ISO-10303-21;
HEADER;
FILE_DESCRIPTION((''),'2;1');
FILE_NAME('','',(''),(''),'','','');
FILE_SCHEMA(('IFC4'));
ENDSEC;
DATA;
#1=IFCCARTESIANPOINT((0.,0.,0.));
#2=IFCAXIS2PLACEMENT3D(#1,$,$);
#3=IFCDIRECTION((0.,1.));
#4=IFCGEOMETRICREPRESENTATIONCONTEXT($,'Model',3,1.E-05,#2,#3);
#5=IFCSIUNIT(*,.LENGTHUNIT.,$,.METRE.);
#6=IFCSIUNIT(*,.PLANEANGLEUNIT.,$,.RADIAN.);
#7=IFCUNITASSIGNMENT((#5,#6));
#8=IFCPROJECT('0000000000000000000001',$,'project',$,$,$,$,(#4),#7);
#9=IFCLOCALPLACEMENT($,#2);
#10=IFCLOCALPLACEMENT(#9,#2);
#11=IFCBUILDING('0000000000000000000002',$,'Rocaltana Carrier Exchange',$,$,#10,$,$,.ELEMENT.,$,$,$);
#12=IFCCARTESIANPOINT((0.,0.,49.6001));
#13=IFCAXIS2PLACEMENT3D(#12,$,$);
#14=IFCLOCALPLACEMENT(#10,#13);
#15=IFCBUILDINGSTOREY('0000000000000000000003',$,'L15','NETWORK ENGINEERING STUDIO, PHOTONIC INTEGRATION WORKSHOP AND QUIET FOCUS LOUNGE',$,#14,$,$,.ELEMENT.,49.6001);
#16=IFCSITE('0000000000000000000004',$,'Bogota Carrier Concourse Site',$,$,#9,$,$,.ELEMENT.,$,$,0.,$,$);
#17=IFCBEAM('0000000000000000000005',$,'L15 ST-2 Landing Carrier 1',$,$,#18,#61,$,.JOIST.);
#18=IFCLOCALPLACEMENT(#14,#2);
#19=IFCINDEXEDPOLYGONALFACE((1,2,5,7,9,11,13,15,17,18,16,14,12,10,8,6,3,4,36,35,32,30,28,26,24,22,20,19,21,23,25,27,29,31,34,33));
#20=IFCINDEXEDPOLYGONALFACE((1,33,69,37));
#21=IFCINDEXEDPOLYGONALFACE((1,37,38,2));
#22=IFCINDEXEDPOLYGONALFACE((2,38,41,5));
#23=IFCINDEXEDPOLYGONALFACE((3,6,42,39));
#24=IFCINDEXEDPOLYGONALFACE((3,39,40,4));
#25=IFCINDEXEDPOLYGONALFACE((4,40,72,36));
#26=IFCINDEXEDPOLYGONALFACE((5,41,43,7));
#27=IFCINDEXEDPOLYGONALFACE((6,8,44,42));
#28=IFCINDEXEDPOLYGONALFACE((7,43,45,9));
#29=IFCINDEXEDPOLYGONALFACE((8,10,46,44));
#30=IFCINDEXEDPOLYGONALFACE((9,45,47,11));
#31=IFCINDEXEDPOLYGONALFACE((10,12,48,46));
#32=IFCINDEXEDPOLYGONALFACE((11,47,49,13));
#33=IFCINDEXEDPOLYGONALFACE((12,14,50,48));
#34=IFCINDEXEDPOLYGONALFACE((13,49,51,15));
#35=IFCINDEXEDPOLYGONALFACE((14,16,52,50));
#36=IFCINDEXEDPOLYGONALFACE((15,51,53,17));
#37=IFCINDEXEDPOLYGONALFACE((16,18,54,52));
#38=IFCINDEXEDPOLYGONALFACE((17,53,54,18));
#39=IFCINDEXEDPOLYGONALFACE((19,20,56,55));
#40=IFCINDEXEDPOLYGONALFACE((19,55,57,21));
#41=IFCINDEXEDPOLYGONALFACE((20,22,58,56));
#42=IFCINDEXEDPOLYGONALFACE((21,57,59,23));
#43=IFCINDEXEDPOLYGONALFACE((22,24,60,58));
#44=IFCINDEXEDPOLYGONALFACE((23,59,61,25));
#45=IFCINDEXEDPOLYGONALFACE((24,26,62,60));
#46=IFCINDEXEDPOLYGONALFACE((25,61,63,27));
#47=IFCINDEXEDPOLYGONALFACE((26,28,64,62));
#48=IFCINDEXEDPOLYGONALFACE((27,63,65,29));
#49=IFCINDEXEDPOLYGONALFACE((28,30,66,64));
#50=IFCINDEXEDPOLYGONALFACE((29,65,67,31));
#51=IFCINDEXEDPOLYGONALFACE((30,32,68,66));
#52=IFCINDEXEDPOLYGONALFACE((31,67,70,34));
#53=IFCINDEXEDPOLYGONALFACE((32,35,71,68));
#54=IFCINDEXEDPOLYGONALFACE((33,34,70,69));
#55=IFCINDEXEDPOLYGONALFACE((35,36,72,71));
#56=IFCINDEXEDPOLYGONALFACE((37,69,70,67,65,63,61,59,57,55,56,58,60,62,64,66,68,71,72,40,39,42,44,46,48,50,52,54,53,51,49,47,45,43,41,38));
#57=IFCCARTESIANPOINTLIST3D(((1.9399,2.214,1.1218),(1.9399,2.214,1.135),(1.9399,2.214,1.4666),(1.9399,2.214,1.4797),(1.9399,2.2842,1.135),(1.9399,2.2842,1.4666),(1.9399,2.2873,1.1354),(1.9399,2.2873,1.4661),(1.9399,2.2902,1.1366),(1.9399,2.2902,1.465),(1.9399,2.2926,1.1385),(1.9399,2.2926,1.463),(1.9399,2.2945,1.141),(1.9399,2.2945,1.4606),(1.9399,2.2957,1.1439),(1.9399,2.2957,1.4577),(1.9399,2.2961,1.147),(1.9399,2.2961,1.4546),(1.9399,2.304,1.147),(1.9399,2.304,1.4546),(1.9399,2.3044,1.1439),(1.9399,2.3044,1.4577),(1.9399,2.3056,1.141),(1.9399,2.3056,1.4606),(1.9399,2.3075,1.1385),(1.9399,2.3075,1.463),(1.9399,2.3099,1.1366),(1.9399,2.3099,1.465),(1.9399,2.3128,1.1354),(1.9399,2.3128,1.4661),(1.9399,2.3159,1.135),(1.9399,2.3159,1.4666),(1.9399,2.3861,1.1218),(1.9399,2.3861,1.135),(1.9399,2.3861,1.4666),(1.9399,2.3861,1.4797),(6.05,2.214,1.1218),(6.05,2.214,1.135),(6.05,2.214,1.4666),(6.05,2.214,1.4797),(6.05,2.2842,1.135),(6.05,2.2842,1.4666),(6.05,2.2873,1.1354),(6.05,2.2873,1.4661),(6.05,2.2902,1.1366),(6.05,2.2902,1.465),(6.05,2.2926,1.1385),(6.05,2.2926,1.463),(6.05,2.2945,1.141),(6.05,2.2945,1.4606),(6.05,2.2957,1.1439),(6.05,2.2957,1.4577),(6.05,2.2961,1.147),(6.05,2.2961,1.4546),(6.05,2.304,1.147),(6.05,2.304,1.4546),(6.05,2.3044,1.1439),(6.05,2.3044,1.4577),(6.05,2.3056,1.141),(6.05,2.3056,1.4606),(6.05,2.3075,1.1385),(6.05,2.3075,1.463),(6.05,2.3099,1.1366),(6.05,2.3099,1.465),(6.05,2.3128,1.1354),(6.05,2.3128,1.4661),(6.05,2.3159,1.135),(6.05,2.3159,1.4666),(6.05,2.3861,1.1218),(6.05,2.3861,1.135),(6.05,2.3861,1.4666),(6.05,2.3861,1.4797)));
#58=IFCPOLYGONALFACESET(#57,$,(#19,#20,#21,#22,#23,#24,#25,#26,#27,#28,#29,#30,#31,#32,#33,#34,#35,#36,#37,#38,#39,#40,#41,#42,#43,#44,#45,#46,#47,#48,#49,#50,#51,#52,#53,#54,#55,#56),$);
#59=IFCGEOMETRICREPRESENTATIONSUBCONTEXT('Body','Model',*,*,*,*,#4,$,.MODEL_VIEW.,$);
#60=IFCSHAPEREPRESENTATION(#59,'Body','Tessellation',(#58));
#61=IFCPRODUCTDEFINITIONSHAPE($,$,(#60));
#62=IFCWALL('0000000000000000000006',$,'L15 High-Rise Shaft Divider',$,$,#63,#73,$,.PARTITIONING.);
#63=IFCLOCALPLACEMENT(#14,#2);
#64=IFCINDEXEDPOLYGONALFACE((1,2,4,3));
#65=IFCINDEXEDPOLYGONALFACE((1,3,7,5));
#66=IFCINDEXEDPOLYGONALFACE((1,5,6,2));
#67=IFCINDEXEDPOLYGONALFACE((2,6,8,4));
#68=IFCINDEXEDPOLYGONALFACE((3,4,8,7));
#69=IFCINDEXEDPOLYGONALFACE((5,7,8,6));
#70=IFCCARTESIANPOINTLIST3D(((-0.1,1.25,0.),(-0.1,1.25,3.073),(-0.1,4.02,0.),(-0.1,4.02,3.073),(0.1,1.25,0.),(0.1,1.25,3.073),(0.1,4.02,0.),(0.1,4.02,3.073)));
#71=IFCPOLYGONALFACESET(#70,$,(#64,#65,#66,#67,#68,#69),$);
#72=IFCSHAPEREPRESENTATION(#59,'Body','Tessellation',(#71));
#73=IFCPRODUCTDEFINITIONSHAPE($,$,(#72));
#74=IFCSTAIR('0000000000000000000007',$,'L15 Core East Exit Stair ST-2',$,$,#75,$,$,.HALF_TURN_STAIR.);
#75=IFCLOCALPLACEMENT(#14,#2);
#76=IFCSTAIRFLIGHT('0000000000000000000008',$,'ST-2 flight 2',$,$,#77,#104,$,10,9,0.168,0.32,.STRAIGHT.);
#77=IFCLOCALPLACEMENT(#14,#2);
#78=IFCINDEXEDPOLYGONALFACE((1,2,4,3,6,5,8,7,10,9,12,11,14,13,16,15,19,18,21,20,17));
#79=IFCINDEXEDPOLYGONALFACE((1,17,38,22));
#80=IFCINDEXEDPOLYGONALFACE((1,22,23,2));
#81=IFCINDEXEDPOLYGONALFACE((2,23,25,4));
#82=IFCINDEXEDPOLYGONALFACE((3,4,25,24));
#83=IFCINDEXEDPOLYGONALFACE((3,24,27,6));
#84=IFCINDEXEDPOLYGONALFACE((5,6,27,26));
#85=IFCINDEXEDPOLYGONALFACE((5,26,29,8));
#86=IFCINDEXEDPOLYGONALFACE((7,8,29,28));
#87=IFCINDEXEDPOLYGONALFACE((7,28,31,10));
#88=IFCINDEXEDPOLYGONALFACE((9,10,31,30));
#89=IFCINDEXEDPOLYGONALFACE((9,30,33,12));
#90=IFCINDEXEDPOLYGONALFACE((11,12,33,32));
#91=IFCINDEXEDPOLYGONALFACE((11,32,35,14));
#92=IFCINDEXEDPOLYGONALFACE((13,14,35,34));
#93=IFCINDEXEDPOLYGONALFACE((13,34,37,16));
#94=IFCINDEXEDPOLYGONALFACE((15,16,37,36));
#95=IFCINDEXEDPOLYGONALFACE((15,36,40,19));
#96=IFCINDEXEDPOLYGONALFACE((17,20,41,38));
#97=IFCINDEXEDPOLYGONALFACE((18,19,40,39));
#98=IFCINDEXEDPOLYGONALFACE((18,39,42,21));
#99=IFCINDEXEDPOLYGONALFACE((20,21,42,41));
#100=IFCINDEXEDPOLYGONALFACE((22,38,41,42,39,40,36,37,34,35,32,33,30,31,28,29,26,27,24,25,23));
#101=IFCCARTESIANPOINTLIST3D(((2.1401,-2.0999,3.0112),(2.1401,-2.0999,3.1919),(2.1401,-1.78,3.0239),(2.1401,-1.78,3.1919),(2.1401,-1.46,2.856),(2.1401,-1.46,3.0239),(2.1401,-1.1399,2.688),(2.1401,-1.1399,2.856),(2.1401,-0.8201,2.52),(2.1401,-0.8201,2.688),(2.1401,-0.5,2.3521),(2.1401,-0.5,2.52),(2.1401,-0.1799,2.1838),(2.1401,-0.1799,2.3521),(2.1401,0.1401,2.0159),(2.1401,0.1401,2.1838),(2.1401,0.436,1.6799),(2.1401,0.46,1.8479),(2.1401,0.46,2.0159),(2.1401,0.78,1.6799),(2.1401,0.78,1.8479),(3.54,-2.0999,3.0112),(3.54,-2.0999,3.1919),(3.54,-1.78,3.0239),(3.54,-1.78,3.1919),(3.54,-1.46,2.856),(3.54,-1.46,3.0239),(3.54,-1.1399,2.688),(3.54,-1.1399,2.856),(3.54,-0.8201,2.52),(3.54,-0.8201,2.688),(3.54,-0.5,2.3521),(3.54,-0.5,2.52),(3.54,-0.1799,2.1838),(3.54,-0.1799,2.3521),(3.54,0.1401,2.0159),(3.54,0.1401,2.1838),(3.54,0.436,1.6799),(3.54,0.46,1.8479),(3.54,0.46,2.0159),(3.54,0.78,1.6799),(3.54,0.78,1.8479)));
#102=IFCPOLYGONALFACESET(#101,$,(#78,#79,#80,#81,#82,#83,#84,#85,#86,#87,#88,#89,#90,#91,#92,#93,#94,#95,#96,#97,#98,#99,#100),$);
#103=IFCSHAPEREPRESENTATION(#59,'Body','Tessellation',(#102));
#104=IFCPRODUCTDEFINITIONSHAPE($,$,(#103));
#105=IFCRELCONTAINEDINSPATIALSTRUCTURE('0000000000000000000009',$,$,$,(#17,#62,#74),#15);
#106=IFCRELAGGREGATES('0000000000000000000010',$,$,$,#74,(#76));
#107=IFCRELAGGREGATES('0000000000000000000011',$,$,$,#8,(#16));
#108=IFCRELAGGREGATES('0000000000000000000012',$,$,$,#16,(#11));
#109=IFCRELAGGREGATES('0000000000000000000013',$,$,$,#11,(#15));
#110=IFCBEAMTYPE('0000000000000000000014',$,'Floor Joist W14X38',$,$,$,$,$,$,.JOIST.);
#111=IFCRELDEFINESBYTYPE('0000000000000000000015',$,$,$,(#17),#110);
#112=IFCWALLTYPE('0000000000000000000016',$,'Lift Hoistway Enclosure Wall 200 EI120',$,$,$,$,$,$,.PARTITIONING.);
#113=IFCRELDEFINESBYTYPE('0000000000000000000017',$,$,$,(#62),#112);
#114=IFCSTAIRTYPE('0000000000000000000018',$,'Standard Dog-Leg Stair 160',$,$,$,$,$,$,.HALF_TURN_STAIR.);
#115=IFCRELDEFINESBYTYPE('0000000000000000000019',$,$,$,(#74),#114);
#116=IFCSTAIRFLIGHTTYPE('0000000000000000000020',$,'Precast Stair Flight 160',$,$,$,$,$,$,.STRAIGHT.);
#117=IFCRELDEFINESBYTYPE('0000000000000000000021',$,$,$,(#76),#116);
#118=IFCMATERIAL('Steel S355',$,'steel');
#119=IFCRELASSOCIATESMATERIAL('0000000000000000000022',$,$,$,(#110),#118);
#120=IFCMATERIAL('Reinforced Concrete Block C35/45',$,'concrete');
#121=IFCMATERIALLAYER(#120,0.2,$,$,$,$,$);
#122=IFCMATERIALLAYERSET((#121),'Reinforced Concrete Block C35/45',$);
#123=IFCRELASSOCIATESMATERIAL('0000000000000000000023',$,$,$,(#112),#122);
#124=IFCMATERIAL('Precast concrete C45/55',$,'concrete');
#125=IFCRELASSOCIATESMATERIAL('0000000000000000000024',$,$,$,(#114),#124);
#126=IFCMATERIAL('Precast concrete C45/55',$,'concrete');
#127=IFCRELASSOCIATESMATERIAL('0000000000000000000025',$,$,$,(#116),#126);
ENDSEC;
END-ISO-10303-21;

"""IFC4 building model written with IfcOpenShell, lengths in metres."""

from ifc_helpers import new_model, si_unit, direction, frame, frame_2d, origin, origin_2d, place, context, subcontext, project, spatial, polyline, rectangle, i_section, outline, extrude, material, layer, layer_set, material_profile, profile_set, type_object, element, aggregate, save


model = new_model("IFC4")

# Units and contexts
model_context = context("Model", 3, precision=1e-05, world=origin(), true_north=direction((0.0, 1.0)))
body_context = subcontext(model_context, "Body", "Model", "MODEL_VIEW")
ifc_project = project(units=[si_unit("LENGTHUNIT", "METRE"), si_unit("PLANEANGLEUNIT", "RADIAN")], contexts=[model_context])

# Site, building, storey
site_placement = place(None, origin())
site = spatial("IfcSite", under=ifc_project, at=site_placement, Name="Bogota Carrier Concourse Site", CompositionType="ELEMENT", RefElevation=0.0)
building_placement = place(site_placement, origin())
building = spatial("IfcBuilding", under=site, at=building_placement, Name="Rocaltana Carrier Exchange", CompositionType="ELEMENT")
storey_placement = place(building_placement, frame((0.0, 0.0, 49.6001)))
storey = spatial("IfcBuildingStorey", under=building, at=storey_placement, Name="L15", Description="NETWORK ENGINEERING STUDIO, PHOTONIC INTEGRATION WORKSHOP AND QUIET FOCUS LOUNGE", CompositionType="ELEMENT", Elevation=49.6001)

# Beam
ifc_material_1 = material(Name="Steel S355", Category="steel")
ifc_material_profile = material_profile(ifc_material_1, i_section(OverallWidth=0.1721, OverallDepth=0.3579, WebThickness=0.0078, FlangeThickness=0.0132, FilletRadius=0.012, at=origin_2d()), Name="W14X38")
ifc_profile_set = profile_set([ifc_material_profile], Name="Steel S355")
beam_type = type_object("IfcBeamType", Name="Floor Joist W14X38", PredefinedType="JOIST", material=ifc_profile_set)
beam_placement = place(storey_placement, frame((1.9399, 2.3, 1.3008), z_axis=(1.0, 0.0, 0.0), x_axis=(0.0, 1.0, 0.0)))
element("IfcBeam", 1, at=beam_placement, inside=storey, type_object=beam_type, Name="L15 ST-2 Landing Carrier 1", PredefinedType="JOIST", context=body_context, shape_type="SweptSolid", body=[
    extrude(i_section(OverallWidth=0.1721, OverallDepth=0.3579, WebThickness=0.0078, FlangeThickness=0.0132, FilletRadius=0.012, at=origin_2d()), origin(), (0.0, 0.0, 1.0), 4.1101),
])

# Wall
ifc_material_2 = material(Name="Reinforced Concrete Block C35/45", Category="concrete")
ifc_layer_1 = layer(ifc_material_2, 0.2)
ifc_layer_set_1 = layer_set([ifc_layer_1], Name="Reinforced Concrete Block C35/45")
wall_type = type_object("IfcWallType", Name="Lift Hoistway Enclosure Wall 200 EI120", PredefinedType="PARTITIONING", material=ifc_layer_set_1)
wall_placement = place(storey_placement, frame((0.0, 1.25, 0.0), z_axis=(0.0, 0.0, 1.0), x_axis=(0.0, 1.0, 0.0)))
element("IfcWall", 2, at=wall_placement, inside=storey, type_object=wall_type, Name="L15 High-Rise Shaft Divider", PredefinedType="PARTITIONING", context=body_context, shape_type="SweptSolid", body=[
    extrude(rectangle(XDim=2.77, YDim=0.2, at=frame_2d((1.385, 0.0))), origin(), (0.0, 0.0, 1.0), 3.073),
])

# Stair, stair flight
ifc_material_3 = material(Name="Precast concrete C45/55", Category="concrete")
stair_type = type_object("IfcStairType", Name="Standard Dog-Leg Stair 160", PredefinedType="HALF_TURN_STAIR", material=ifc_material_3)
stair_placement = place(storey_placement, origin())
stair = element("IfcStair", 3, at=stair_placement, inside=storey, type_object=stair_type, Name="L15 Core East Exit Stair ST-2", PredefinedType="HALF_TURN_STAIR")
ifc_material_4 = material(Name="Precast concrete C45/55", Category="concrete")
stair_flight_type = type_object("IfcStairFlightType", Name="Precast Stair Flight 160", PredefinedType="STRAIGHT", material=ifc_material_4)
stair_flight_placement = place(storey_placement, frame((2.8401, 0.78, 1.6799), z_axis=(0.0, 0.0, 1.0), x_axis=(0.0, -1.0, 0.0)))
stair_flight = element("IfcStairFlight", 4, at=stair_flight_placement, type_object=stair_flight_type, Name="ST-2 flight 2", NumberOfRisers=10, NumberOfTreads=9, PredefinedType="STRAIGHT", RiserHeight=0.168, TreadLength=0.32, context=body_context, shape_type="SweptSolid", body=[
    extrude(outline(polyline([(0.0, 0.0), (0.0, 0.168), (0.3201, 0.168), (0.3201, 0.3359), (0.6399, 0.3359), (0.6399, 0.5039), (0.96, 0.5039), (0.96, 0.6721), (1.28, 0.6721), (1.28, 0.8401), (1.6001, 0.8401), (1.6001, 1.0081), (1.9199, 1.0081), (1.9199, 1.176), (2.24, 1.176), (2.24, 1.344), (2.5601, 1.344), (2.5601, 1.512), (2.8799, 1.512), (2.8799, 1.6799), (2.8799, 1.3313), (0.344, 0.0), (0.0, 0.0)])), frame((0.0, 0.7, 0.0), z_axis=(0.0, -1.0, 0.0), x_axis=(1.0, 0.0, 0.0)), (0.0, 0.0, 1.0), 1.3999),
])
aggregate(stair, [stair_flight])

save(model, "model.ifc")
